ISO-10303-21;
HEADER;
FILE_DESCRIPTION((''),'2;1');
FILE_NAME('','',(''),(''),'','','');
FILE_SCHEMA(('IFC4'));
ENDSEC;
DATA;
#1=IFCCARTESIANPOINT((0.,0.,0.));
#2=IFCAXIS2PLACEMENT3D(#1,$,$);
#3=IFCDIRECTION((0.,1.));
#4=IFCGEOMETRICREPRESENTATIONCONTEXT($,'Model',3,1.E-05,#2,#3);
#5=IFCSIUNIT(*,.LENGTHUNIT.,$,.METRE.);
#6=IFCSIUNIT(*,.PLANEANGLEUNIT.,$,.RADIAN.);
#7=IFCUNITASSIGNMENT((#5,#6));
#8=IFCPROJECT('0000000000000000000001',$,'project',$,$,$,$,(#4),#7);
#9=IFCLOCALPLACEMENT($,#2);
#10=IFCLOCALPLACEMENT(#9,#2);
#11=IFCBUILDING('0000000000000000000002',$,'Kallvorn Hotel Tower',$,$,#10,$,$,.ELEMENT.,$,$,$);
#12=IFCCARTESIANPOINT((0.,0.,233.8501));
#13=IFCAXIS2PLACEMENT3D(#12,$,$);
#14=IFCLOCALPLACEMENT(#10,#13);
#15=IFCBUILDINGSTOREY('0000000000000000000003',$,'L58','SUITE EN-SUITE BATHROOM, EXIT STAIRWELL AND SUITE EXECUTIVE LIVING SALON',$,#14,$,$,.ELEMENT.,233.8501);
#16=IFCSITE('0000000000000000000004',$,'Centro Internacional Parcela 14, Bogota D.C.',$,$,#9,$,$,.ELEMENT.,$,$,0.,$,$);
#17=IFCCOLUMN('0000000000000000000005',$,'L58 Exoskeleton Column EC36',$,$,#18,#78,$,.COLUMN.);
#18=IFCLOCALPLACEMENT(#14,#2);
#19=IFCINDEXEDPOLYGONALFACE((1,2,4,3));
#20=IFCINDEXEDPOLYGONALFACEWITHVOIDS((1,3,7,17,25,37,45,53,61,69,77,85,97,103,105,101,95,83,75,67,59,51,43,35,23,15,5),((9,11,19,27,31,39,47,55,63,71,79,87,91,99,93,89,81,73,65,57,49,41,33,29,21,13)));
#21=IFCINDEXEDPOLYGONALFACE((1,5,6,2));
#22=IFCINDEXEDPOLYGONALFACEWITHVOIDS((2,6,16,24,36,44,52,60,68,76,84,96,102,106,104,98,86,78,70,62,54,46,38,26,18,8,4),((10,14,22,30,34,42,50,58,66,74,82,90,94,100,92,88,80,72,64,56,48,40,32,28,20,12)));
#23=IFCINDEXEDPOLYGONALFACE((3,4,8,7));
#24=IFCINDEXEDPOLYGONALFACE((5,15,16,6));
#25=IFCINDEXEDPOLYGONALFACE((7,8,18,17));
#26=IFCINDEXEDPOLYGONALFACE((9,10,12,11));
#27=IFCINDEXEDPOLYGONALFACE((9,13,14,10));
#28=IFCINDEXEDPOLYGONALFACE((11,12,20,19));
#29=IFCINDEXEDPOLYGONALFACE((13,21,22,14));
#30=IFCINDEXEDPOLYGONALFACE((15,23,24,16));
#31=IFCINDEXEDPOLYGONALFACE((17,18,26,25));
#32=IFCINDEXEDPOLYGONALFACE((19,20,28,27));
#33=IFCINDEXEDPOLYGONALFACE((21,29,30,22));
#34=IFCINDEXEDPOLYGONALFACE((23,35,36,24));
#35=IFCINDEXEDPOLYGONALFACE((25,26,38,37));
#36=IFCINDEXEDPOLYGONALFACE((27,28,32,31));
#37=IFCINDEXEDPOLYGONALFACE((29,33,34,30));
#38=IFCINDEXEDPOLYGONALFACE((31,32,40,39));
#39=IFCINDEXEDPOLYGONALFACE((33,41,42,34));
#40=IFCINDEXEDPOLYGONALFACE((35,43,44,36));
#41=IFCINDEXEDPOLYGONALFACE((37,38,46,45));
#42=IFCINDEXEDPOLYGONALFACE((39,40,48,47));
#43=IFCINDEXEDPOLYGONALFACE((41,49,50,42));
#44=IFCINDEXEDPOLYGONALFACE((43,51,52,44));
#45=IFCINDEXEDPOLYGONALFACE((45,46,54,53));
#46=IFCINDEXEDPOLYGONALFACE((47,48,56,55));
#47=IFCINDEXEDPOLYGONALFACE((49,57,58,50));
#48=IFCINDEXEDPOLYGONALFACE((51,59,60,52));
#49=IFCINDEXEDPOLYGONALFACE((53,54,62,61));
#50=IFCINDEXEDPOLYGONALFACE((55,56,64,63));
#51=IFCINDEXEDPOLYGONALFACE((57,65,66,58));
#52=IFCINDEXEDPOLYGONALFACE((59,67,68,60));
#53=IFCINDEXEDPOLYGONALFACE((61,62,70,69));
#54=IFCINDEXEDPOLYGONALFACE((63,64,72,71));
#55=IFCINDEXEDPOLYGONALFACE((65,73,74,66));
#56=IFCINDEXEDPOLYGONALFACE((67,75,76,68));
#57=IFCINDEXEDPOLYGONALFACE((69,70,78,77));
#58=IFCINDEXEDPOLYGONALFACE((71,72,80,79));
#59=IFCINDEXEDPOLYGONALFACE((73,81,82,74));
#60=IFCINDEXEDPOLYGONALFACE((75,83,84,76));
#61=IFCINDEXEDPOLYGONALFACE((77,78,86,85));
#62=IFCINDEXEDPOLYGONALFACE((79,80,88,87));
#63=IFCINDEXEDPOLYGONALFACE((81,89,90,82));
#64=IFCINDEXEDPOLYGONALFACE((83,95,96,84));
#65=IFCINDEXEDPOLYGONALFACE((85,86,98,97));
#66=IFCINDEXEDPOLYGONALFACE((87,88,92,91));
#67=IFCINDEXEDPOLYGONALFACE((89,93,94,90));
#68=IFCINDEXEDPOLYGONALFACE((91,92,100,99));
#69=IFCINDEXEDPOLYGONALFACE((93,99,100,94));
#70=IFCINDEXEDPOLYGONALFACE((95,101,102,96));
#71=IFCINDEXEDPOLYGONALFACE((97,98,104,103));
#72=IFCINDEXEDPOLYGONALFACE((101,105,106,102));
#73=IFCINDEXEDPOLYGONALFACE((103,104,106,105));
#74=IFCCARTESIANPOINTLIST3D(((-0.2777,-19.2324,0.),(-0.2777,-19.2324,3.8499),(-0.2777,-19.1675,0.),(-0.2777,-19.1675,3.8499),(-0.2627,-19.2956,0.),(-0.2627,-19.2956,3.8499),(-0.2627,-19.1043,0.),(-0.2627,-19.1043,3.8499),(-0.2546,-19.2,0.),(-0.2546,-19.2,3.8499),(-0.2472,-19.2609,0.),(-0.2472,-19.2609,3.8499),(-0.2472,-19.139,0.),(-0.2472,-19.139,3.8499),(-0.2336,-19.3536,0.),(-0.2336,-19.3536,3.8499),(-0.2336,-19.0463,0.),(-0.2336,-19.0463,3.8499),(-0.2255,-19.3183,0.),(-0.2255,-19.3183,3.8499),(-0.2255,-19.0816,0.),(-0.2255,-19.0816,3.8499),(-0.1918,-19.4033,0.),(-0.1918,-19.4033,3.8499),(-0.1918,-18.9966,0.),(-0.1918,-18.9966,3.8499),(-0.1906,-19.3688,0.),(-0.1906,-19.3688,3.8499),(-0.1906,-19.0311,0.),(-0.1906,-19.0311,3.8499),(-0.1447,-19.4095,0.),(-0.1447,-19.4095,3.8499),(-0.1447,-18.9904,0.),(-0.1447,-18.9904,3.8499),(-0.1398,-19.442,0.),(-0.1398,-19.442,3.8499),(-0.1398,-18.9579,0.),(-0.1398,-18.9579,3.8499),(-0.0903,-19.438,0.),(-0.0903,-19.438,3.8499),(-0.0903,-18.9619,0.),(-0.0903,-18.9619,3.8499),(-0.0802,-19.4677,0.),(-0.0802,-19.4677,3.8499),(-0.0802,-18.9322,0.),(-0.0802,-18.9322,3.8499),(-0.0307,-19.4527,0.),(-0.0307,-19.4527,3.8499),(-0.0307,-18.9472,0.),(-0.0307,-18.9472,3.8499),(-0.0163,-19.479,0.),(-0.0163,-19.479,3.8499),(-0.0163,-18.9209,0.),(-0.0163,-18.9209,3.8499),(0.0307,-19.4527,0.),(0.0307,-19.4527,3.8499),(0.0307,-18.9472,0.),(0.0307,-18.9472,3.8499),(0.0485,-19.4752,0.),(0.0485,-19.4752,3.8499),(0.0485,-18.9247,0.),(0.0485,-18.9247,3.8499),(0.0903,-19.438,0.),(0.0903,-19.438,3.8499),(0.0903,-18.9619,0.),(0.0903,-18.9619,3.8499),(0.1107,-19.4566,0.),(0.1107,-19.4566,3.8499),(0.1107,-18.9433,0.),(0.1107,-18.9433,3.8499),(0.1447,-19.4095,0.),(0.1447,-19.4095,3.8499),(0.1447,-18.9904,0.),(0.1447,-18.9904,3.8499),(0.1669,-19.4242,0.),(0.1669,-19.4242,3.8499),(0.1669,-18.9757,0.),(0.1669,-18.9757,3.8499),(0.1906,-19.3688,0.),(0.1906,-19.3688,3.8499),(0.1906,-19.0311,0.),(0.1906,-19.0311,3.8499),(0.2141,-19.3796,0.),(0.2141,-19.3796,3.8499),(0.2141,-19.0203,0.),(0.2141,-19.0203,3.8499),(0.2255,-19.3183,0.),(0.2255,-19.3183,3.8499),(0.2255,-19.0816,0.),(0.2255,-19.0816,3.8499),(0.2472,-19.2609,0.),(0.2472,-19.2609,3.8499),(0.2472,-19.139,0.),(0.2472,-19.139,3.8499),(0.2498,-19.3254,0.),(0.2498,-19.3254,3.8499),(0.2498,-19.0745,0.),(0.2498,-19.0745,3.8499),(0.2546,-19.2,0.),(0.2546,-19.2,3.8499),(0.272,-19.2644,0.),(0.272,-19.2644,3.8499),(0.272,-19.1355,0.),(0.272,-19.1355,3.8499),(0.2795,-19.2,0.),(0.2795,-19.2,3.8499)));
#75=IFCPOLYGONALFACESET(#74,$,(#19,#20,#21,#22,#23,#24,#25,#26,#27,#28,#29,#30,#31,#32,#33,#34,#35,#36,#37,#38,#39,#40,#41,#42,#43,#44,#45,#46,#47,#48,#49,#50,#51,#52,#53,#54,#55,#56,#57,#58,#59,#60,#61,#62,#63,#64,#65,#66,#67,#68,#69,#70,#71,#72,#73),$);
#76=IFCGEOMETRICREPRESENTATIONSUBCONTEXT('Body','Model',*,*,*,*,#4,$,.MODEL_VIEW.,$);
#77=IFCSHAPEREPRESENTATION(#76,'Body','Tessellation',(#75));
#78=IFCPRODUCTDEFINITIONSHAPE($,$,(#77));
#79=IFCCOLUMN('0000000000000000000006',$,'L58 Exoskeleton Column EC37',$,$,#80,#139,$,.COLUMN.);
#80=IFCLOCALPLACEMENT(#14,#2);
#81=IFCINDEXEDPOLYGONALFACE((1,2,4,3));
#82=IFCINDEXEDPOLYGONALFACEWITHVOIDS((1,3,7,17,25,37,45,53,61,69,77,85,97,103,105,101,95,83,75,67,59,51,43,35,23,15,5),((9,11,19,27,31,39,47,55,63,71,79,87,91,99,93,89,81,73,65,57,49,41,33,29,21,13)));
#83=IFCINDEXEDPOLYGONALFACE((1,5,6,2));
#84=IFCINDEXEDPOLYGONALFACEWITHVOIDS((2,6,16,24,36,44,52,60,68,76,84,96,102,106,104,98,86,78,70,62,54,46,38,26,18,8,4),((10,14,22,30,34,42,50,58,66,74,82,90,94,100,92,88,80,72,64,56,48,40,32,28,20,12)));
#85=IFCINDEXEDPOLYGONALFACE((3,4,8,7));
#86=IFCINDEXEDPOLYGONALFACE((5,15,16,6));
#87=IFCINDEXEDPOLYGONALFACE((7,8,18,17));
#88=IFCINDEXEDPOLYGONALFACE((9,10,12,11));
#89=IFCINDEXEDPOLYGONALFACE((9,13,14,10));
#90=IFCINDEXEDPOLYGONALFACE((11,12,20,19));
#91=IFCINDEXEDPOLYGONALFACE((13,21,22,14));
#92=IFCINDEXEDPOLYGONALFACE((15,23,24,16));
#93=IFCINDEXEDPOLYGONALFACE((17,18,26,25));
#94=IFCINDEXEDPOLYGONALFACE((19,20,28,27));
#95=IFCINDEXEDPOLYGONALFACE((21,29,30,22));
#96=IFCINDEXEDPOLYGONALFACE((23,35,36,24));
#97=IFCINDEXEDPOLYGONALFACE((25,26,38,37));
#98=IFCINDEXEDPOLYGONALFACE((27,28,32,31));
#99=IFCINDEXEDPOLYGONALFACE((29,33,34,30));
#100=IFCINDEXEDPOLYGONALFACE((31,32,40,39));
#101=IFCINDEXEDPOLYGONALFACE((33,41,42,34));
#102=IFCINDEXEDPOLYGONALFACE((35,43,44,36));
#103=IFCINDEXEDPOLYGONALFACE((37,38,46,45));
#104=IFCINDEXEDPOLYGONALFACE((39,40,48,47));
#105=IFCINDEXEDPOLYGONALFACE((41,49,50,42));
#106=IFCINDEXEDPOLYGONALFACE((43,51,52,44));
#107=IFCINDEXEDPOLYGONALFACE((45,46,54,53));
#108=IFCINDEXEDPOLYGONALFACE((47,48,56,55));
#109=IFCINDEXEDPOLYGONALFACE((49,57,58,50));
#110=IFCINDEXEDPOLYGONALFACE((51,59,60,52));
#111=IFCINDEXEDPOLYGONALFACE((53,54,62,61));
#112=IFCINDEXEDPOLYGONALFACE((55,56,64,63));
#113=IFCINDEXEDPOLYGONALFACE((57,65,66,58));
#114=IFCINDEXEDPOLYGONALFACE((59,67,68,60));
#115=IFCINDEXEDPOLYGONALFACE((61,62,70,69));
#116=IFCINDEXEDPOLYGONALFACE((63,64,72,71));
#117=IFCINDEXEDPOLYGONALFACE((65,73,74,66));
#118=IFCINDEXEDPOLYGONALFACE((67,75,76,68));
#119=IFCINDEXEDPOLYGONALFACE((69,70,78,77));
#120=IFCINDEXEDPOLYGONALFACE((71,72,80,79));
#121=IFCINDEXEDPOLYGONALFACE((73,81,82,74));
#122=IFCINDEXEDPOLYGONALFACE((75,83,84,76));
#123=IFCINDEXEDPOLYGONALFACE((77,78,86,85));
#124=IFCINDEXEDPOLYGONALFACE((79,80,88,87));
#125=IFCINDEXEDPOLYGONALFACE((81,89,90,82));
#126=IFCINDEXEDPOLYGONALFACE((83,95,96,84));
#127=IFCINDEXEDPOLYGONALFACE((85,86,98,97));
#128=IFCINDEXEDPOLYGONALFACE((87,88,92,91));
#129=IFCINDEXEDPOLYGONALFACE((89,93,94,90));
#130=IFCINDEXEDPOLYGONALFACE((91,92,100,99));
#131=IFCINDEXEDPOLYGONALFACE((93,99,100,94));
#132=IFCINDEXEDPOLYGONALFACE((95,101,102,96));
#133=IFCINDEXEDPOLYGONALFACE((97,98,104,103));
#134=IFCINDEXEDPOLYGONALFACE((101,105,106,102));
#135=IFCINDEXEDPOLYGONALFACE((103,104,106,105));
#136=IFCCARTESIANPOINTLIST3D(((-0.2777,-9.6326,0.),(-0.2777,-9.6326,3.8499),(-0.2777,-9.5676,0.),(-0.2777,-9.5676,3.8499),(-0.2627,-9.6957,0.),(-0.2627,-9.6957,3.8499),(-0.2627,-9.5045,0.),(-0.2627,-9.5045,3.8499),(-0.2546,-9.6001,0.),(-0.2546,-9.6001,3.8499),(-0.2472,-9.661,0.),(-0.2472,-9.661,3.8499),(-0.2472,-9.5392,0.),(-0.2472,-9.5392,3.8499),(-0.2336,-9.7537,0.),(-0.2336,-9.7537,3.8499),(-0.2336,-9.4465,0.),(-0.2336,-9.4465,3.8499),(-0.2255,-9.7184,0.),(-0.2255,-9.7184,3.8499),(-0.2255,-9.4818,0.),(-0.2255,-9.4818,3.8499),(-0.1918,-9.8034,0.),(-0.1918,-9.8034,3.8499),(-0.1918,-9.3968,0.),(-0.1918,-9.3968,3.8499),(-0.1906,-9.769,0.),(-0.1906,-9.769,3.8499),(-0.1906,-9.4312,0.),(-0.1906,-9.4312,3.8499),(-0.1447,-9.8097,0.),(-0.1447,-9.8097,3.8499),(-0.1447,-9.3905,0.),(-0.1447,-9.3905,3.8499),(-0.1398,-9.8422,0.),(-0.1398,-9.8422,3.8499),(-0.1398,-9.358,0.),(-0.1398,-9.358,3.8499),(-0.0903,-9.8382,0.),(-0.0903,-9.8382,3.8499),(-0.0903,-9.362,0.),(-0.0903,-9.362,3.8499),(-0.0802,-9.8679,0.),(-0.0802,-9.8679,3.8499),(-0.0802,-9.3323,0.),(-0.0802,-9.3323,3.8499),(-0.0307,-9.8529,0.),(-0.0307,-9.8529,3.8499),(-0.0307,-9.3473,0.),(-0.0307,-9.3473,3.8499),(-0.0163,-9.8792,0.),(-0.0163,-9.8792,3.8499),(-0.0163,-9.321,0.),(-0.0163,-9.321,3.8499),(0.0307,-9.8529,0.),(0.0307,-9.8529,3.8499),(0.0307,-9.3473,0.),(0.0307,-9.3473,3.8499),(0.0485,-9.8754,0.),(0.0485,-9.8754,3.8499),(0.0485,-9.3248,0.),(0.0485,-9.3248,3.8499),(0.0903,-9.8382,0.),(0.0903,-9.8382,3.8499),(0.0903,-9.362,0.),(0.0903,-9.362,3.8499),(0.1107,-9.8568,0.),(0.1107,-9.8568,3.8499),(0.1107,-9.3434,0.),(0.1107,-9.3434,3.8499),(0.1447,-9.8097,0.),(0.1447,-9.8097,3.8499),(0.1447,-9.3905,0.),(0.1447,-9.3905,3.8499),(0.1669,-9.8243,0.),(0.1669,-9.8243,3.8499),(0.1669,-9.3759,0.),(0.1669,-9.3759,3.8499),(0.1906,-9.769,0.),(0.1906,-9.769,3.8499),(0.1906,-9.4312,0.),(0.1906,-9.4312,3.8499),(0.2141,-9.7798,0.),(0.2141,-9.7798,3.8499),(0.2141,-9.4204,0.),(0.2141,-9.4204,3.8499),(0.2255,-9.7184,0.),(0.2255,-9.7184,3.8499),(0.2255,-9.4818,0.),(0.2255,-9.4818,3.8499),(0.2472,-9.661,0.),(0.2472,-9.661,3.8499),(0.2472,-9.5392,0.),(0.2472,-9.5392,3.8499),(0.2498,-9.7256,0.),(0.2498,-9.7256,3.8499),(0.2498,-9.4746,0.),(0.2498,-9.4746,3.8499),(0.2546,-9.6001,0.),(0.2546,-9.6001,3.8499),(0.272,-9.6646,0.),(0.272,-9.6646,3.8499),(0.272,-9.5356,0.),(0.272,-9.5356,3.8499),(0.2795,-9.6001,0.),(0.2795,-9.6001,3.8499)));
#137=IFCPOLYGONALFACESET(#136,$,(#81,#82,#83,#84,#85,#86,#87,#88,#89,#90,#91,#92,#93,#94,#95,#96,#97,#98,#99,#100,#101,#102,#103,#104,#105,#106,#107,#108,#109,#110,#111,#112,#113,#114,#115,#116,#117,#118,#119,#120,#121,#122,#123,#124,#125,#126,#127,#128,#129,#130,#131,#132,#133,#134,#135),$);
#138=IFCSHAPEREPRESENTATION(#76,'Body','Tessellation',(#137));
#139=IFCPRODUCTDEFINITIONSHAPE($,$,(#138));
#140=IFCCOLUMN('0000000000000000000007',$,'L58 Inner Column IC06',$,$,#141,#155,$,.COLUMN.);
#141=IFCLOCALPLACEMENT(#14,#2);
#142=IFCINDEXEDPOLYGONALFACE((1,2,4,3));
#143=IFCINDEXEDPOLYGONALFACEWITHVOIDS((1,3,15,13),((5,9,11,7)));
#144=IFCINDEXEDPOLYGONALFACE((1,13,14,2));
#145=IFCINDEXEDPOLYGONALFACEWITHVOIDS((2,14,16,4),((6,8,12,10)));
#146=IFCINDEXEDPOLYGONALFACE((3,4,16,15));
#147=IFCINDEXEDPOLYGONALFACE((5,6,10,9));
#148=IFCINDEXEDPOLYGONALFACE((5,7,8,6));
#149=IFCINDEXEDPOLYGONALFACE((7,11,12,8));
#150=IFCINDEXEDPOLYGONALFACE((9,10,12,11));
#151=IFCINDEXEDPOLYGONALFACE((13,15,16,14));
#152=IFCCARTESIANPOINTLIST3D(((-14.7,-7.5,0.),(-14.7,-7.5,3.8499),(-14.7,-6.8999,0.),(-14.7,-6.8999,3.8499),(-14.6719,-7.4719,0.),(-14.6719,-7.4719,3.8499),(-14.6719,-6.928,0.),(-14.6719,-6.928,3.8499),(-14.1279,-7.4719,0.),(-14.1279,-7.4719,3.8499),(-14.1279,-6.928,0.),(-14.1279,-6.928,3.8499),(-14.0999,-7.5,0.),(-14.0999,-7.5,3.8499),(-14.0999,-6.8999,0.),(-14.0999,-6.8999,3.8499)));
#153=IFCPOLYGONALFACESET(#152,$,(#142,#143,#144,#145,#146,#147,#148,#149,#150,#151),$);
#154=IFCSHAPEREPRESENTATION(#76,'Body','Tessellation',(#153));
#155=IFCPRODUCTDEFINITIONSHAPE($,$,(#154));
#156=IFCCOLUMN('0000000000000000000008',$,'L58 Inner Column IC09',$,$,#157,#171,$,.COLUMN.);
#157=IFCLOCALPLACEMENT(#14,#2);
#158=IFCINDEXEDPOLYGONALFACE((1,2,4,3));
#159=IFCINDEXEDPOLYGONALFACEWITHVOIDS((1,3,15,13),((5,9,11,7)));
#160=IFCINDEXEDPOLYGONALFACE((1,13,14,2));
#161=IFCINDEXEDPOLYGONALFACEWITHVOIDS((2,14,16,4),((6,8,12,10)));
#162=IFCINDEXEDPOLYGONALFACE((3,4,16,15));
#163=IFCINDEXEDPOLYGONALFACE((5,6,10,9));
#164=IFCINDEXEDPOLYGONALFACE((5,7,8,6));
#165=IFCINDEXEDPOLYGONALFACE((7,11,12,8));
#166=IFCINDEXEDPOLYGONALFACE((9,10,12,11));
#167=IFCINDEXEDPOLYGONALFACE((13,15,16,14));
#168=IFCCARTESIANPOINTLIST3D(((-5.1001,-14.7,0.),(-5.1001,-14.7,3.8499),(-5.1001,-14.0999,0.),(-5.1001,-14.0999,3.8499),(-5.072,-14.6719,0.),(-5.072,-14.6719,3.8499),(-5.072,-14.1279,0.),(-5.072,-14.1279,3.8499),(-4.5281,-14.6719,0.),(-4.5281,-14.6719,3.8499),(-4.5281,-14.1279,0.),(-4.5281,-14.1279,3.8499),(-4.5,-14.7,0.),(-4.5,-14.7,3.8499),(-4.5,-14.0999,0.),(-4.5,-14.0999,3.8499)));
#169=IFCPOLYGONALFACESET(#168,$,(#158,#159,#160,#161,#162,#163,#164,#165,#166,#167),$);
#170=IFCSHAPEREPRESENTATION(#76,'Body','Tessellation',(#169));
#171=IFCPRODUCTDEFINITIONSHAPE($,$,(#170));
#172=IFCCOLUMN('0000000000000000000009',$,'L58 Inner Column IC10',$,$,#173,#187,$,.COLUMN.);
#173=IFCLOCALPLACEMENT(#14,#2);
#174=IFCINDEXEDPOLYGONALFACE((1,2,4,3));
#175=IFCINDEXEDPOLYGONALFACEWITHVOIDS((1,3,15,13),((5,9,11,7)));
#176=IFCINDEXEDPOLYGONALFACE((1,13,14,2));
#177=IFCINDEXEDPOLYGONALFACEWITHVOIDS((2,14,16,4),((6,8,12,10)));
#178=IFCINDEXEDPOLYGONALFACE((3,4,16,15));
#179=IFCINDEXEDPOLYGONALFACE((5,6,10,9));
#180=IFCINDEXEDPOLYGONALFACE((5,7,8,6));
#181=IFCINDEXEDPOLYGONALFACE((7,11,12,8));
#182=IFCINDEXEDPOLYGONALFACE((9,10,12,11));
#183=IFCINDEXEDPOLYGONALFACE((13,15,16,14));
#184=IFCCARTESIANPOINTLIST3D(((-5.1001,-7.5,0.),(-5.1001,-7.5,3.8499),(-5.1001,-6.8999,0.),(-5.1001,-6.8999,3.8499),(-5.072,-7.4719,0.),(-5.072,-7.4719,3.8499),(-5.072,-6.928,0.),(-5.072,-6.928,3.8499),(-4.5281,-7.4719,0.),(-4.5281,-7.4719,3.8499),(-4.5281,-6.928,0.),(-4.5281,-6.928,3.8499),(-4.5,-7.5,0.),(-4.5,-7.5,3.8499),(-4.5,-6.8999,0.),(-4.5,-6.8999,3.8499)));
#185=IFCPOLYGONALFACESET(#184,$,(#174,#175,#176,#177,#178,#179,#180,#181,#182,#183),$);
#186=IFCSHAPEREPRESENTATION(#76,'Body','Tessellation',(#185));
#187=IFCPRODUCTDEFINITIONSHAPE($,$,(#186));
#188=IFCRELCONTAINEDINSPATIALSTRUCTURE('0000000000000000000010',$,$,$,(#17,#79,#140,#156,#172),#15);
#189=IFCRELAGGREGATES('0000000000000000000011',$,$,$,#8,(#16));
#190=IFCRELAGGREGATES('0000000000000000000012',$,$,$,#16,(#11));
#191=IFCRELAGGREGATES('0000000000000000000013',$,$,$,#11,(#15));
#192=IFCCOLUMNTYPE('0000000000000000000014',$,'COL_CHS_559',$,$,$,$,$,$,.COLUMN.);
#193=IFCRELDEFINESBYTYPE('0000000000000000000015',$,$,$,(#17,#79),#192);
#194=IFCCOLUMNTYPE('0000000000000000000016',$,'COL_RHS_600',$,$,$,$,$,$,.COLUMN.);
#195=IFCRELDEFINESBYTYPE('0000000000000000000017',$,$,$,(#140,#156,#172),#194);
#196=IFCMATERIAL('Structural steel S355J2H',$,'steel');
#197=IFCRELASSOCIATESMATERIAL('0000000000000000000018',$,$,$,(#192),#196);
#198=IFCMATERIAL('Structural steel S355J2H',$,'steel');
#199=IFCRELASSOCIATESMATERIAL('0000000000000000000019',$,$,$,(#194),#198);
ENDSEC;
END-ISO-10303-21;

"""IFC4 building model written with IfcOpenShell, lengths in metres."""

from ifc_helpers import new_model, si_unit, direction, frame, origin, origin_2d, place, context, subcontext, project, spatial, hollow_rectangle, hollow_circle, extrude, material, material_profile, profile_set, type_object, element, save


model = new_model("IFC4")

# Units and contexts
model_context = context("Model", 3, precision=1e-05, world=origin(), true_north=direction((0.0, 1.0)))
body_context = subcontext(model_context, "Body", "Model", "MODEL_VIEW")
ifc_project = project(units=[si_unit("LENGTHUNIT", "METRE"), si_unit("PLANEANGLEUNIT", "RADIAN")], contexts=[model_context])

# Site, building, storey
site_placement = place(None, origin())
site = spatial("IfcSite", under=ifc_project, at=site_placement, Name="Centro Internacional Parcela 14, Bogota D.C.", CompositionType="ELEMENT", RefElevation=0.0)
building_placement = place(site_placement, origin())
building = spatial("IfcBuilding", under=site, at=building_placement, Name="Kallvorn Hotel Tower", CompositionType="ELEMENT")
storey_placement = place(building_placement, frame((0.0, 0.0, 233.8501)))
storey = spatial("IfcBuildingStorey", under=building, at=storey_placement, Name="L58", Description="SUITE EN-SUITE BATHROOM, EXIT STAIRWELL AND SUITE EXECUTIVE LIVING SALON", CompositionType="ELEMENT", Elevation=233.8501)

# Columns
ifc_material_1 = material(Name="Structural steel S355J2H", Category="steel")
ifc_material_profile_1 = material_profile(ifc_material_1, hollow_circle(Radius=0.2795, WallThickness=0.0249, at=origin_2d()), Name="CHS 559x25")
ifc_profile_set_1 = profile_set([ifc_material_profile_1], Name="Structural steel S355J2H")
column_type_1 = type_object("IfcColumnType", Name="COL_CHS_559", PredefinedType="COLUMN", material=ifc_profile_set_1)
for number, where, z_axis, x_axis, name in (
    (1, (0.0, -19.2, 0.0), (0.0, 0.0, 1.0), (1.0, 0.0, 0.0), "L58 Exoskeleton Column EC36"),
    (2, (0.0, -9.6001, 0.0), (0.0, 0.0, 1.0), (1.0, 0.0, 0.0), "L58 Exoskeleton Column EC37"),
):
    element("IfcColumn", number, at=place(storey_placement, frame(where, z_axis=z_axis, x_axis=x_axis)), inside=storey, type_object=column_type_1, Name=name, PredefinedType="COLUMN", context=body_context, shape_type="SweptSolid", body=[
        extrude(hollow_circle(Radius=0.2795, WallThickness=0.0249, at=origin_2d()), origin(), (0.0, 0.0, 1.0), 3.8499),
    ])
ifc_material_2 = material(Name="Structural steel S355J2H", Category="steel")
ifc_material_profile_2 = material_profile(ifc_material_2, hollow_rectangle(XDim=0.6001, YDim=0.6001, WallThickness=0.0281, at=origin_2d()), Name="RHS 600x600x28")
ifc_profile_set_2 = profile_set([ifc_material_profile_2], Name="Structural steel S355J2H")
column_type_2 = type_object("IfcColumnType", Name="COL_RHS_600", PredefinedType="COLUMN", material=ifc_profile_set_2)
for number, where, z_axis, x_axis, name in (
    (3, (-14.3999, -7.2, 0.0), (0.0, 0.0, 1.0), (1.0, 0.0, 0.0), "L58 Inner Column IC06"),
    (4, (-4.8, -14.3999, 0.0), (0.0, 0.0, 1.0), (1.0, 0.0, 0.0), "L58 Inner Column IC09"),
    (5, (-4.8, -7.2, 0.0), (0.0, 0.0, 1.0), (1.0, 0.0, 0.0), "L58 Inner Column IC10"),
):
    element("IfcColumn", number, at=place(storey_placement, frame(where, z_axis=z_axis, x_axis=x_axis)), inside=storey, type_object=column_type_2, Name=name, PredefinedType="COLUMN", context=body_context, shape_type="SweptSolid", body=[
        extrude(hollow_rectangle(XDim=0.6001, YDim=0.6001, WallThickness=0.0281, at=origin_2d()), origin(), (0.0, 0.0, 1.0), 3.8499),
    ])

save(model, "model.ifc")
